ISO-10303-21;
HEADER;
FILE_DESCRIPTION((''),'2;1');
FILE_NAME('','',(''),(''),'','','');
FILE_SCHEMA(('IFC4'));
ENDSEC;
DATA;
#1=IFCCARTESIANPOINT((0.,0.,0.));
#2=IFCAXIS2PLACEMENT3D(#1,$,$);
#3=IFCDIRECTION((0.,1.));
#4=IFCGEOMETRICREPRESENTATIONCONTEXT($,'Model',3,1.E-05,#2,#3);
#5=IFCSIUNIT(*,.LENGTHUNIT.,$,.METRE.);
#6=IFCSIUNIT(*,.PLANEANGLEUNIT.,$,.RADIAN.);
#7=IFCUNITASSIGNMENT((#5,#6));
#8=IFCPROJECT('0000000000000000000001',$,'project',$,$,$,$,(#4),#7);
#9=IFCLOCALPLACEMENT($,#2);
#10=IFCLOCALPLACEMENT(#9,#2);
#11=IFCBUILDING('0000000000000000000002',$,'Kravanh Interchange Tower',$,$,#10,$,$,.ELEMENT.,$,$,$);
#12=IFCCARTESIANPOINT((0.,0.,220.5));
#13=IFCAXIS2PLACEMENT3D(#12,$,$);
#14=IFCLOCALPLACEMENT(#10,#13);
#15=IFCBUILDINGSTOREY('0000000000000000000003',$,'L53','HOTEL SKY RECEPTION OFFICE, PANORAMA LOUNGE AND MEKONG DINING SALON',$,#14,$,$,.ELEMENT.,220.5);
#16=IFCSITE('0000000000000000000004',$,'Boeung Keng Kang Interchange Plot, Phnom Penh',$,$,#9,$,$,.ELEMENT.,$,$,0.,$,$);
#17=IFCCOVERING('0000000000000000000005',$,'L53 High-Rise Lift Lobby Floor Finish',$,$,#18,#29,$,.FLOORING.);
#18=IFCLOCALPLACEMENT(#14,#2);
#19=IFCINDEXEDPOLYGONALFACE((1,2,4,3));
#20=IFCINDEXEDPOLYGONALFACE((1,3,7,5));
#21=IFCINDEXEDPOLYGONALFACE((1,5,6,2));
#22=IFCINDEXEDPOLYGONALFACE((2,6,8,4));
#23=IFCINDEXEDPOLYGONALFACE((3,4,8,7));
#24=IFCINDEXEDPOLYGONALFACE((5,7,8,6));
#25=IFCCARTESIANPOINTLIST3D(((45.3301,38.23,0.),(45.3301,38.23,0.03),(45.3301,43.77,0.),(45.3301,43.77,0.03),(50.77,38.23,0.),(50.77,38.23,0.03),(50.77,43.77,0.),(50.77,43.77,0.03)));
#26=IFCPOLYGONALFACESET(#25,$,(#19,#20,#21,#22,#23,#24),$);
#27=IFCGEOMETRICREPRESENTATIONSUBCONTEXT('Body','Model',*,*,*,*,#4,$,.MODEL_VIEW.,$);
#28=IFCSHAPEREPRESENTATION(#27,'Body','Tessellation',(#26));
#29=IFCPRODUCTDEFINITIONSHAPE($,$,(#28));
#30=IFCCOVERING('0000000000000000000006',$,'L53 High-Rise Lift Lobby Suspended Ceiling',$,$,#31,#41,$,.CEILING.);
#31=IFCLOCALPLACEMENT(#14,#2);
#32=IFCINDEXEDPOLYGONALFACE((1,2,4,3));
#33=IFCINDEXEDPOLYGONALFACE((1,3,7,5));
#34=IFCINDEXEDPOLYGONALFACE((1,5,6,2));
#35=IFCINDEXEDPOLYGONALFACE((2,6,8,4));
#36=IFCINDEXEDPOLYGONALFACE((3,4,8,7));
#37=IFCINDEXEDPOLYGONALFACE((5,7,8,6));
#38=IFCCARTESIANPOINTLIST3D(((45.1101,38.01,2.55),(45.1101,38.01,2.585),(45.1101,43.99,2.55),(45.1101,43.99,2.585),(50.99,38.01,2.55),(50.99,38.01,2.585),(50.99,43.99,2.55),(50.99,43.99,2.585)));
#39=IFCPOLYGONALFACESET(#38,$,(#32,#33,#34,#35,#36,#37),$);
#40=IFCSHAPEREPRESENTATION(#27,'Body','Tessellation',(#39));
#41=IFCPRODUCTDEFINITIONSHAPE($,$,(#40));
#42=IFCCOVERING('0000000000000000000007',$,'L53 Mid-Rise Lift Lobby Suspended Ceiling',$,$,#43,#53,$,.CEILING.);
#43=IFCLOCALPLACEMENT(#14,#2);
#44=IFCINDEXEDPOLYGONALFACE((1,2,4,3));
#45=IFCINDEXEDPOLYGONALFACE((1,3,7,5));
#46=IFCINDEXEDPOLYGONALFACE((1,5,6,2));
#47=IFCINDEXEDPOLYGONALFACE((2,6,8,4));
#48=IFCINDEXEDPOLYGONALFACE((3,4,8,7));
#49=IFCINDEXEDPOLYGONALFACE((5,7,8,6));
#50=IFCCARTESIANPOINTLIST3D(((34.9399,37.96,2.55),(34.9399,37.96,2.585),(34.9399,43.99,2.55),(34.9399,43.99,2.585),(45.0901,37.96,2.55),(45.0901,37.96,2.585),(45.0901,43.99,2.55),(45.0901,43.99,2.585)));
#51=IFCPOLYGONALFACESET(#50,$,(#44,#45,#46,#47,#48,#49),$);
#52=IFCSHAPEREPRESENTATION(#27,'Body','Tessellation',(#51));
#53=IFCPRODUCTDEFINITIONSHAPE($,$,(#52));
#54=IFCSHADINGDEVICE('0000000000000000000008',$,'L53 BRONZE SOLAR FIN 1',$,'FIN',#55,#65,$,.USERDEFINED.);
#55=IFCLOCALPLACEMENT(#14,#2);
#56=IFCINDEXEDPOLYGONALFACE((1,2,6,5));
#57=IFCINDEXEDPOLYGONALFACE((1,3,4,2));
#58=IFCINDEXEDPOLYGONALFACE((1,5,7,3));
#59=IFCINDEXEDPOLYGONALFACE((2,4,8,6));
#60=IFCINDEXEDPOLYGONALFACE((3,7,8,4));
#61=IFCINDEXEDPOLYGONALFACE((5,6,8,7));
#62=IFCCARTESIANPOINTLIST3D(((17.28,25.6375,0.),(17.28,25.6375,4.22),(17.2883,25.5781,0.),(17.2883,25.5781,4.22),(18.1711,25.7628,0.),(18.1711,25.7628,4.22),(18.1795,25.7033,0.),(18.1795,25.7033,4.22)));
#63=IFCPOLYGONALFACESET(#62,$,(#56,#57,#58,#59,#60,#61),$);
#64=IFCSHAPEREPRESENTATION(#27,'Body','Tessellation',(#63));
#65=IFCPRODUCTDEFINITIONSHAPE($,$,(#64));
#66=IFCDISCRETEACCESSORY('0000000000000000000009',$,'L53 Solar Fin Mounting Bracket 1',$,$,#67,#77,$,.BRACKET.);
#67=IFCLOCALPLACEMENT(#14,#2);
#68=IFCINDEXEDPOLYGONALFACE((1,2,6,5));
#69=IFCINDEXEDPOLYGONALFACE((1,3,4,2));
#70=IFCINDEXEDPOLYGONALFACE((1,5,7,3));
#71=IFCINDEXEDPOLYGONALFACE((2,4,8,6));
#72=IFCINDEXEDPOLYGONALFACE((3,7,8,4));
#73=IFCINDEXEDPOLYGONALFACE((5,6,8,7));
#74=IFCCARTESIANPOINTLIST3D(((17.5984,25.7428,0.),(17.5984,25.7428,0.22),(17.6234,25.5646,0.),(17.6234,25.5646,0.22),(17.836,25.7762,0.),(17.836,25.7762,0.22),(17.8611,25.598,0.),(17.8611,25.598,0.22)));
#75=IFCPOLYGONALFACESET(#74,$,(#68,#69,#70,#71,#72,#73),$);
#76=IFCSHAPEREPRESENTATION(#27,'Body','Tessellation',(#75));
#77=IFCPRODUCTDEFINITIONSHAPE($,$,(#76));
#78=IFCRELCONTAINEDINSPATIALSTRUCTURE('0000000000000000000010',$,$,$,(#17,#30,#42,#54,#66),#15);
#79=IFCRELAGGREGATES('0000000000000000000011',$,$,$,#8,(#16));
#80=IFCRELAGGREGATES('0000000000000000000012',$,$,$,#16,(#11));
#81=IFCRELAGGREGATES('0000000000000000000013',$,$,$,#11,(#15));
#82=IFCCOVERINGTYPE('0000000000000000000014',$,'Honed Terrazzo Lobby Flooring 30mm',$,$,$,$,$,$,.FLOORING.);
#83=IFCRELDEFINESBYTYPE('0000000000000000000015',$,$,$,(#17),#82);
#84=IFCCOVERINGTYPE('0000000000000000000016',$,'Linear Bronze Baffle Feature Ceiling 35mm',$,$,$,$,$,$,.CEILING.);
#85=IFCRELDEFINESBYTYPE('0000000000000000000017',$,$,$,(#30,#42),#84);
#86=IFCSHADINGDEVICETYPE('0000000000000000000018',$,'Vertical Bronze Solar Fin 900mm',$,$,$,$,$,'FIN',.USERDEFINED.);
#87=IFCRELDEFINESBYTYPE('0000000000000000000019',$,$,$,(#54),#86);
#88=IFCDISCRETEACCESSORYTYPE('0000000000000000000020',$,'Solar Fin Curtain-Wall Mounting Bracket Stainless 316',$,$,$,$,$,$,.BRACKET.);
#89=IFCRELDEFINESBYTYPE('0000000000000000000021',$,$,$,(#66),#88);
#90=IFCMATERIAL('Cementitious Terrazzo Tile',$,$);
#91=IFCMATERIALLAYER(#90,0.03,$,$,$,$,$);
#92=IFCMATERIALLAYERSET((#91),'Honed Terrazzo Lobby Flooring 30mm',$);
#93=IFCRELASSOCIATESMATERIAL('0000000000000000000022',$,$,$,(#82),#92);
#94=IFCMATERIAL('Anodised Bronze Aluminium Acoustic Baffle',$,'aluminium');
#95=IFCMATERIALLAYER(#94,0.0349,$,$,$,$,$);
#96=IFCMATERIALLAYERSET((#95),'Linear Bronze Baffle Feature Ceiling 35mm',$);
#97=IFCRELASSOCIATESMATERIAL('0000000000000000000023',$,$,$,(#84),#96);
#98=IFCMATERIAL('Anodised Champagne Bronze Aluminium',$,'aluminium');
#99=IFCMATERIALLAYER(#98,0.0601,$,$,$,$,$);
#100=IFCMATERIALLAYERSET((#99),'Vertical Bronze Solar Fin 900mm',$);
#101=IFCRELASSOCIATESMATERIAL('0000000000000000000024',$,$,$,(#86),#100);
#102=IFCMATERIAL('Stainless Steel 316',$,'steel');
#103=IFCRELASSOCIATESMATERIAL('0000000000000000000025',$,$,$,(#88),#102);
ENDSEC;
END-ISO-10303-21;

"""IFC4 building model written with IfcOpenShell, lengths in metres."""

from ifc_helpers import new_model, si_unit, direction, frame, origin, origin_2d, place, context, subcontext, project, spatial, polyline, rectangle, outline, extrude, material, layer, layer_set, type_object, element, save


model = new_model("IFC4")

# Units and contexts
model_context = context("Model", 3, precision=1e-05, world=origin(), true_north=direction((0.0, 1.0)))
body_context = subcontext(model_context, "Body", "Model", "MODEL_VIEW")
ifc_project = project(units=[si_unit("LENGTHUNIT", "METRE"), si_unit("PLANEANGLEUNIT", "RADIAN")], contexts=[model_context])

# Site, building, storey
site_placement = place(None, origin())
site = spatial("IfcSite", under=ifc_project, at=site_placement, Name="Boeung Keng Kang Interchange Plot, Phnom Penh", CompositionType="ELEMENT", RefElevation=0.0)
building_placement = place(site_placement, origin())
building = spatial("IfcBuilding", under=site, at=building_placement, Name="Kravanh Interchange Tower", CompositionType="ELEMENT")
storey_placement = place(building_placement, frame((0.0, 0.0, 220.5)))
storey = spatial("IfcBuildingStorey", under=building, at=storey_placement, Name="L53", Description="HOTEL SKY RECEPTION OFFICE, PANORAMA LOUNGE AND MEKONG DINING SALON", CompositionType="ELEMENT", Elevation=220.5)

# Coverings
ifc_material_1 = material(Name="Cementitious Terrazzo Tile")
ifc_layer_1 = layer(ifc_material_1, 0.03)
ifc_layer_set_1 = layer_set([ifc_layer_1], Name="Honed Terrazzo Lobby Flooring 30mm")
covering_type_1 = type_object("IfcCoveringType", Name="Honed Terrazzo Lobby Flooring 30mm", PredefinedType="FLOORING", material=ifc_layer_set_1)
covering_1_placement = place(storey_placement, origin())
element("IfcCovering", 1, at=covering_1_placement, inside=storey, type_object=covering_type_1, Name="L53 High-Rise Lift Lobby Floor Finish", PredefinedType="FLOORING", context=body_context, shape_type="SweptSolid", body=[
    extrude(outline(polyline([(45.3301, 43.77), (50.77, 43.77), (50.77, 38.23), (45.3301, 38.23), (45.3301, 43.77)])), origin(), (0.0, 0.0, 1.0), 0.03),
])
ifc_material_2 = material(Name="Anodised Bronze Aluminium Acoustic Baffle", Category="aluminium")
ifc_layer_2 = layer(ifc_material_2, 0.0349)
ifc_layer_set_2 = layer_set([ifc_layer_2], Name="Linear Bronze Baffle Feature Ceiling 35mm")
covering_type_2 = type_object("IfcCoveringType", Name="Linear Bronze Baffle Feature Ceiling 35mm", PredefinedType="CEILING", material=ifc_layer_set_2)
covering_2_placement = place(storey_placement, frame((0.0, 0.0, 2.55)))
element("IfcCovering", 2, at=covering_2_placement, inside=storey, type_object=covering_type_2, Name="L53 High-Rise Lift Lobby Suspended Ceiling", PredefinedType="CEILING", context=body_context, shape_type="SweptSolid", body=[
    extrude(outline(polyline([(50.99, 38.01), (45.1101, 38.01), (45.1101, 43.99), (50.99, 43.99), (50.99, 38.01)])), origin(), (0.0, 0.0, 1.0), 0.0349),
])
covering_3_placement = place(storey_placement, frame((0.0, 0.0, 2.55)))
element("IfcCovering", 3, at=covering_3_placement, inside=storey, type_object=covering_type_2, Name="L53 Mid-Rise Lift Lobby Suspended Ceiling", PredefinedType="CEILING", context=body_context, shape_type="SweptSolid", body=[
    extrude(outline(polyline([(45.0901, 37.96), (34.9399, 37.96), (34.9399, 43.99), (45.0901, 43.99), (45.0901, 37.96)])), origin(), (0.0, 0.0, 1.0), 0.0349),
])

# Shading device
ifc_material_3 = material(Name="Anodised Champagne Bronze Aluminium", Category="aluminium")
ifc_layer_3 = layer(ifc_material_3, 0.0601)
ifc_layer_set_3 = layer_set([ifc_layer_3], Name="Vertical Bronze Solar Fin 900mm")
shading_device_type = type_object("IfcShadingDeviceType", Name="Vertical Bronze Solar Fin 900mm", ElementType="FIN", PredefinedType="USERDEFINED", material=ifc_layer_set_3)
shading_device_placement = place(storey_placement, frame((17.7297, 25.6704, 0.0), z_axis=(0.0, 0.0, 1.0), x_axis=(-0.990268, -0.139172, 0.0)))
element("IfcShadingDevice", 4, at=shading_device_placement, inside=storey, type_object=shading_device_type, Name="L53 BRONZE SOLAR FIN 1", ObjectType="FIN", PredefinedType="USERDEFINED", context=body_context, shape_type="SweptSolid", body=[
    extrude(rectangle(XDim=0.8999, YDim=0.0601, at=origin_2d()), origin(), (0.0, 0.0, 1.0), 4.22),
])

# Discrete accessory
ifc_material_4 = material(Name="Stainless Steel 316", Category="steel")
discrete_accessory_type = type_object("IfcDiscreteAccessoryType", Name="Solar Fin Curtain-Wall Mounting Bracket Stainless 316", PredefinedType="BRACKET", material=ifc_material_4)
discrete_accessory_placement = place(storey_placement, frame((17.7297, 25.6704, 0.0), z_axis=(0.0, 0.0, 1.0), x_axis=(-0.990268, -0.139172, 0.0)))
element("IfcDiscreteAccessory", 5, at=discrete_accessory_placement, inside=storey, type_object=discrete_accessory_type, Name="L53 Solar Fin Mounting Bracket 1", PredefinedType="BRACKET", context=body_context, shape_type="SweptSolid", body=[
    extrude(rectangle(XDim=0.24, YDim=0.1799, at=origin_2d()), origin(), (0.0, 0.0, 1.0), 0.22),
])

save(model, "model.ifc")
